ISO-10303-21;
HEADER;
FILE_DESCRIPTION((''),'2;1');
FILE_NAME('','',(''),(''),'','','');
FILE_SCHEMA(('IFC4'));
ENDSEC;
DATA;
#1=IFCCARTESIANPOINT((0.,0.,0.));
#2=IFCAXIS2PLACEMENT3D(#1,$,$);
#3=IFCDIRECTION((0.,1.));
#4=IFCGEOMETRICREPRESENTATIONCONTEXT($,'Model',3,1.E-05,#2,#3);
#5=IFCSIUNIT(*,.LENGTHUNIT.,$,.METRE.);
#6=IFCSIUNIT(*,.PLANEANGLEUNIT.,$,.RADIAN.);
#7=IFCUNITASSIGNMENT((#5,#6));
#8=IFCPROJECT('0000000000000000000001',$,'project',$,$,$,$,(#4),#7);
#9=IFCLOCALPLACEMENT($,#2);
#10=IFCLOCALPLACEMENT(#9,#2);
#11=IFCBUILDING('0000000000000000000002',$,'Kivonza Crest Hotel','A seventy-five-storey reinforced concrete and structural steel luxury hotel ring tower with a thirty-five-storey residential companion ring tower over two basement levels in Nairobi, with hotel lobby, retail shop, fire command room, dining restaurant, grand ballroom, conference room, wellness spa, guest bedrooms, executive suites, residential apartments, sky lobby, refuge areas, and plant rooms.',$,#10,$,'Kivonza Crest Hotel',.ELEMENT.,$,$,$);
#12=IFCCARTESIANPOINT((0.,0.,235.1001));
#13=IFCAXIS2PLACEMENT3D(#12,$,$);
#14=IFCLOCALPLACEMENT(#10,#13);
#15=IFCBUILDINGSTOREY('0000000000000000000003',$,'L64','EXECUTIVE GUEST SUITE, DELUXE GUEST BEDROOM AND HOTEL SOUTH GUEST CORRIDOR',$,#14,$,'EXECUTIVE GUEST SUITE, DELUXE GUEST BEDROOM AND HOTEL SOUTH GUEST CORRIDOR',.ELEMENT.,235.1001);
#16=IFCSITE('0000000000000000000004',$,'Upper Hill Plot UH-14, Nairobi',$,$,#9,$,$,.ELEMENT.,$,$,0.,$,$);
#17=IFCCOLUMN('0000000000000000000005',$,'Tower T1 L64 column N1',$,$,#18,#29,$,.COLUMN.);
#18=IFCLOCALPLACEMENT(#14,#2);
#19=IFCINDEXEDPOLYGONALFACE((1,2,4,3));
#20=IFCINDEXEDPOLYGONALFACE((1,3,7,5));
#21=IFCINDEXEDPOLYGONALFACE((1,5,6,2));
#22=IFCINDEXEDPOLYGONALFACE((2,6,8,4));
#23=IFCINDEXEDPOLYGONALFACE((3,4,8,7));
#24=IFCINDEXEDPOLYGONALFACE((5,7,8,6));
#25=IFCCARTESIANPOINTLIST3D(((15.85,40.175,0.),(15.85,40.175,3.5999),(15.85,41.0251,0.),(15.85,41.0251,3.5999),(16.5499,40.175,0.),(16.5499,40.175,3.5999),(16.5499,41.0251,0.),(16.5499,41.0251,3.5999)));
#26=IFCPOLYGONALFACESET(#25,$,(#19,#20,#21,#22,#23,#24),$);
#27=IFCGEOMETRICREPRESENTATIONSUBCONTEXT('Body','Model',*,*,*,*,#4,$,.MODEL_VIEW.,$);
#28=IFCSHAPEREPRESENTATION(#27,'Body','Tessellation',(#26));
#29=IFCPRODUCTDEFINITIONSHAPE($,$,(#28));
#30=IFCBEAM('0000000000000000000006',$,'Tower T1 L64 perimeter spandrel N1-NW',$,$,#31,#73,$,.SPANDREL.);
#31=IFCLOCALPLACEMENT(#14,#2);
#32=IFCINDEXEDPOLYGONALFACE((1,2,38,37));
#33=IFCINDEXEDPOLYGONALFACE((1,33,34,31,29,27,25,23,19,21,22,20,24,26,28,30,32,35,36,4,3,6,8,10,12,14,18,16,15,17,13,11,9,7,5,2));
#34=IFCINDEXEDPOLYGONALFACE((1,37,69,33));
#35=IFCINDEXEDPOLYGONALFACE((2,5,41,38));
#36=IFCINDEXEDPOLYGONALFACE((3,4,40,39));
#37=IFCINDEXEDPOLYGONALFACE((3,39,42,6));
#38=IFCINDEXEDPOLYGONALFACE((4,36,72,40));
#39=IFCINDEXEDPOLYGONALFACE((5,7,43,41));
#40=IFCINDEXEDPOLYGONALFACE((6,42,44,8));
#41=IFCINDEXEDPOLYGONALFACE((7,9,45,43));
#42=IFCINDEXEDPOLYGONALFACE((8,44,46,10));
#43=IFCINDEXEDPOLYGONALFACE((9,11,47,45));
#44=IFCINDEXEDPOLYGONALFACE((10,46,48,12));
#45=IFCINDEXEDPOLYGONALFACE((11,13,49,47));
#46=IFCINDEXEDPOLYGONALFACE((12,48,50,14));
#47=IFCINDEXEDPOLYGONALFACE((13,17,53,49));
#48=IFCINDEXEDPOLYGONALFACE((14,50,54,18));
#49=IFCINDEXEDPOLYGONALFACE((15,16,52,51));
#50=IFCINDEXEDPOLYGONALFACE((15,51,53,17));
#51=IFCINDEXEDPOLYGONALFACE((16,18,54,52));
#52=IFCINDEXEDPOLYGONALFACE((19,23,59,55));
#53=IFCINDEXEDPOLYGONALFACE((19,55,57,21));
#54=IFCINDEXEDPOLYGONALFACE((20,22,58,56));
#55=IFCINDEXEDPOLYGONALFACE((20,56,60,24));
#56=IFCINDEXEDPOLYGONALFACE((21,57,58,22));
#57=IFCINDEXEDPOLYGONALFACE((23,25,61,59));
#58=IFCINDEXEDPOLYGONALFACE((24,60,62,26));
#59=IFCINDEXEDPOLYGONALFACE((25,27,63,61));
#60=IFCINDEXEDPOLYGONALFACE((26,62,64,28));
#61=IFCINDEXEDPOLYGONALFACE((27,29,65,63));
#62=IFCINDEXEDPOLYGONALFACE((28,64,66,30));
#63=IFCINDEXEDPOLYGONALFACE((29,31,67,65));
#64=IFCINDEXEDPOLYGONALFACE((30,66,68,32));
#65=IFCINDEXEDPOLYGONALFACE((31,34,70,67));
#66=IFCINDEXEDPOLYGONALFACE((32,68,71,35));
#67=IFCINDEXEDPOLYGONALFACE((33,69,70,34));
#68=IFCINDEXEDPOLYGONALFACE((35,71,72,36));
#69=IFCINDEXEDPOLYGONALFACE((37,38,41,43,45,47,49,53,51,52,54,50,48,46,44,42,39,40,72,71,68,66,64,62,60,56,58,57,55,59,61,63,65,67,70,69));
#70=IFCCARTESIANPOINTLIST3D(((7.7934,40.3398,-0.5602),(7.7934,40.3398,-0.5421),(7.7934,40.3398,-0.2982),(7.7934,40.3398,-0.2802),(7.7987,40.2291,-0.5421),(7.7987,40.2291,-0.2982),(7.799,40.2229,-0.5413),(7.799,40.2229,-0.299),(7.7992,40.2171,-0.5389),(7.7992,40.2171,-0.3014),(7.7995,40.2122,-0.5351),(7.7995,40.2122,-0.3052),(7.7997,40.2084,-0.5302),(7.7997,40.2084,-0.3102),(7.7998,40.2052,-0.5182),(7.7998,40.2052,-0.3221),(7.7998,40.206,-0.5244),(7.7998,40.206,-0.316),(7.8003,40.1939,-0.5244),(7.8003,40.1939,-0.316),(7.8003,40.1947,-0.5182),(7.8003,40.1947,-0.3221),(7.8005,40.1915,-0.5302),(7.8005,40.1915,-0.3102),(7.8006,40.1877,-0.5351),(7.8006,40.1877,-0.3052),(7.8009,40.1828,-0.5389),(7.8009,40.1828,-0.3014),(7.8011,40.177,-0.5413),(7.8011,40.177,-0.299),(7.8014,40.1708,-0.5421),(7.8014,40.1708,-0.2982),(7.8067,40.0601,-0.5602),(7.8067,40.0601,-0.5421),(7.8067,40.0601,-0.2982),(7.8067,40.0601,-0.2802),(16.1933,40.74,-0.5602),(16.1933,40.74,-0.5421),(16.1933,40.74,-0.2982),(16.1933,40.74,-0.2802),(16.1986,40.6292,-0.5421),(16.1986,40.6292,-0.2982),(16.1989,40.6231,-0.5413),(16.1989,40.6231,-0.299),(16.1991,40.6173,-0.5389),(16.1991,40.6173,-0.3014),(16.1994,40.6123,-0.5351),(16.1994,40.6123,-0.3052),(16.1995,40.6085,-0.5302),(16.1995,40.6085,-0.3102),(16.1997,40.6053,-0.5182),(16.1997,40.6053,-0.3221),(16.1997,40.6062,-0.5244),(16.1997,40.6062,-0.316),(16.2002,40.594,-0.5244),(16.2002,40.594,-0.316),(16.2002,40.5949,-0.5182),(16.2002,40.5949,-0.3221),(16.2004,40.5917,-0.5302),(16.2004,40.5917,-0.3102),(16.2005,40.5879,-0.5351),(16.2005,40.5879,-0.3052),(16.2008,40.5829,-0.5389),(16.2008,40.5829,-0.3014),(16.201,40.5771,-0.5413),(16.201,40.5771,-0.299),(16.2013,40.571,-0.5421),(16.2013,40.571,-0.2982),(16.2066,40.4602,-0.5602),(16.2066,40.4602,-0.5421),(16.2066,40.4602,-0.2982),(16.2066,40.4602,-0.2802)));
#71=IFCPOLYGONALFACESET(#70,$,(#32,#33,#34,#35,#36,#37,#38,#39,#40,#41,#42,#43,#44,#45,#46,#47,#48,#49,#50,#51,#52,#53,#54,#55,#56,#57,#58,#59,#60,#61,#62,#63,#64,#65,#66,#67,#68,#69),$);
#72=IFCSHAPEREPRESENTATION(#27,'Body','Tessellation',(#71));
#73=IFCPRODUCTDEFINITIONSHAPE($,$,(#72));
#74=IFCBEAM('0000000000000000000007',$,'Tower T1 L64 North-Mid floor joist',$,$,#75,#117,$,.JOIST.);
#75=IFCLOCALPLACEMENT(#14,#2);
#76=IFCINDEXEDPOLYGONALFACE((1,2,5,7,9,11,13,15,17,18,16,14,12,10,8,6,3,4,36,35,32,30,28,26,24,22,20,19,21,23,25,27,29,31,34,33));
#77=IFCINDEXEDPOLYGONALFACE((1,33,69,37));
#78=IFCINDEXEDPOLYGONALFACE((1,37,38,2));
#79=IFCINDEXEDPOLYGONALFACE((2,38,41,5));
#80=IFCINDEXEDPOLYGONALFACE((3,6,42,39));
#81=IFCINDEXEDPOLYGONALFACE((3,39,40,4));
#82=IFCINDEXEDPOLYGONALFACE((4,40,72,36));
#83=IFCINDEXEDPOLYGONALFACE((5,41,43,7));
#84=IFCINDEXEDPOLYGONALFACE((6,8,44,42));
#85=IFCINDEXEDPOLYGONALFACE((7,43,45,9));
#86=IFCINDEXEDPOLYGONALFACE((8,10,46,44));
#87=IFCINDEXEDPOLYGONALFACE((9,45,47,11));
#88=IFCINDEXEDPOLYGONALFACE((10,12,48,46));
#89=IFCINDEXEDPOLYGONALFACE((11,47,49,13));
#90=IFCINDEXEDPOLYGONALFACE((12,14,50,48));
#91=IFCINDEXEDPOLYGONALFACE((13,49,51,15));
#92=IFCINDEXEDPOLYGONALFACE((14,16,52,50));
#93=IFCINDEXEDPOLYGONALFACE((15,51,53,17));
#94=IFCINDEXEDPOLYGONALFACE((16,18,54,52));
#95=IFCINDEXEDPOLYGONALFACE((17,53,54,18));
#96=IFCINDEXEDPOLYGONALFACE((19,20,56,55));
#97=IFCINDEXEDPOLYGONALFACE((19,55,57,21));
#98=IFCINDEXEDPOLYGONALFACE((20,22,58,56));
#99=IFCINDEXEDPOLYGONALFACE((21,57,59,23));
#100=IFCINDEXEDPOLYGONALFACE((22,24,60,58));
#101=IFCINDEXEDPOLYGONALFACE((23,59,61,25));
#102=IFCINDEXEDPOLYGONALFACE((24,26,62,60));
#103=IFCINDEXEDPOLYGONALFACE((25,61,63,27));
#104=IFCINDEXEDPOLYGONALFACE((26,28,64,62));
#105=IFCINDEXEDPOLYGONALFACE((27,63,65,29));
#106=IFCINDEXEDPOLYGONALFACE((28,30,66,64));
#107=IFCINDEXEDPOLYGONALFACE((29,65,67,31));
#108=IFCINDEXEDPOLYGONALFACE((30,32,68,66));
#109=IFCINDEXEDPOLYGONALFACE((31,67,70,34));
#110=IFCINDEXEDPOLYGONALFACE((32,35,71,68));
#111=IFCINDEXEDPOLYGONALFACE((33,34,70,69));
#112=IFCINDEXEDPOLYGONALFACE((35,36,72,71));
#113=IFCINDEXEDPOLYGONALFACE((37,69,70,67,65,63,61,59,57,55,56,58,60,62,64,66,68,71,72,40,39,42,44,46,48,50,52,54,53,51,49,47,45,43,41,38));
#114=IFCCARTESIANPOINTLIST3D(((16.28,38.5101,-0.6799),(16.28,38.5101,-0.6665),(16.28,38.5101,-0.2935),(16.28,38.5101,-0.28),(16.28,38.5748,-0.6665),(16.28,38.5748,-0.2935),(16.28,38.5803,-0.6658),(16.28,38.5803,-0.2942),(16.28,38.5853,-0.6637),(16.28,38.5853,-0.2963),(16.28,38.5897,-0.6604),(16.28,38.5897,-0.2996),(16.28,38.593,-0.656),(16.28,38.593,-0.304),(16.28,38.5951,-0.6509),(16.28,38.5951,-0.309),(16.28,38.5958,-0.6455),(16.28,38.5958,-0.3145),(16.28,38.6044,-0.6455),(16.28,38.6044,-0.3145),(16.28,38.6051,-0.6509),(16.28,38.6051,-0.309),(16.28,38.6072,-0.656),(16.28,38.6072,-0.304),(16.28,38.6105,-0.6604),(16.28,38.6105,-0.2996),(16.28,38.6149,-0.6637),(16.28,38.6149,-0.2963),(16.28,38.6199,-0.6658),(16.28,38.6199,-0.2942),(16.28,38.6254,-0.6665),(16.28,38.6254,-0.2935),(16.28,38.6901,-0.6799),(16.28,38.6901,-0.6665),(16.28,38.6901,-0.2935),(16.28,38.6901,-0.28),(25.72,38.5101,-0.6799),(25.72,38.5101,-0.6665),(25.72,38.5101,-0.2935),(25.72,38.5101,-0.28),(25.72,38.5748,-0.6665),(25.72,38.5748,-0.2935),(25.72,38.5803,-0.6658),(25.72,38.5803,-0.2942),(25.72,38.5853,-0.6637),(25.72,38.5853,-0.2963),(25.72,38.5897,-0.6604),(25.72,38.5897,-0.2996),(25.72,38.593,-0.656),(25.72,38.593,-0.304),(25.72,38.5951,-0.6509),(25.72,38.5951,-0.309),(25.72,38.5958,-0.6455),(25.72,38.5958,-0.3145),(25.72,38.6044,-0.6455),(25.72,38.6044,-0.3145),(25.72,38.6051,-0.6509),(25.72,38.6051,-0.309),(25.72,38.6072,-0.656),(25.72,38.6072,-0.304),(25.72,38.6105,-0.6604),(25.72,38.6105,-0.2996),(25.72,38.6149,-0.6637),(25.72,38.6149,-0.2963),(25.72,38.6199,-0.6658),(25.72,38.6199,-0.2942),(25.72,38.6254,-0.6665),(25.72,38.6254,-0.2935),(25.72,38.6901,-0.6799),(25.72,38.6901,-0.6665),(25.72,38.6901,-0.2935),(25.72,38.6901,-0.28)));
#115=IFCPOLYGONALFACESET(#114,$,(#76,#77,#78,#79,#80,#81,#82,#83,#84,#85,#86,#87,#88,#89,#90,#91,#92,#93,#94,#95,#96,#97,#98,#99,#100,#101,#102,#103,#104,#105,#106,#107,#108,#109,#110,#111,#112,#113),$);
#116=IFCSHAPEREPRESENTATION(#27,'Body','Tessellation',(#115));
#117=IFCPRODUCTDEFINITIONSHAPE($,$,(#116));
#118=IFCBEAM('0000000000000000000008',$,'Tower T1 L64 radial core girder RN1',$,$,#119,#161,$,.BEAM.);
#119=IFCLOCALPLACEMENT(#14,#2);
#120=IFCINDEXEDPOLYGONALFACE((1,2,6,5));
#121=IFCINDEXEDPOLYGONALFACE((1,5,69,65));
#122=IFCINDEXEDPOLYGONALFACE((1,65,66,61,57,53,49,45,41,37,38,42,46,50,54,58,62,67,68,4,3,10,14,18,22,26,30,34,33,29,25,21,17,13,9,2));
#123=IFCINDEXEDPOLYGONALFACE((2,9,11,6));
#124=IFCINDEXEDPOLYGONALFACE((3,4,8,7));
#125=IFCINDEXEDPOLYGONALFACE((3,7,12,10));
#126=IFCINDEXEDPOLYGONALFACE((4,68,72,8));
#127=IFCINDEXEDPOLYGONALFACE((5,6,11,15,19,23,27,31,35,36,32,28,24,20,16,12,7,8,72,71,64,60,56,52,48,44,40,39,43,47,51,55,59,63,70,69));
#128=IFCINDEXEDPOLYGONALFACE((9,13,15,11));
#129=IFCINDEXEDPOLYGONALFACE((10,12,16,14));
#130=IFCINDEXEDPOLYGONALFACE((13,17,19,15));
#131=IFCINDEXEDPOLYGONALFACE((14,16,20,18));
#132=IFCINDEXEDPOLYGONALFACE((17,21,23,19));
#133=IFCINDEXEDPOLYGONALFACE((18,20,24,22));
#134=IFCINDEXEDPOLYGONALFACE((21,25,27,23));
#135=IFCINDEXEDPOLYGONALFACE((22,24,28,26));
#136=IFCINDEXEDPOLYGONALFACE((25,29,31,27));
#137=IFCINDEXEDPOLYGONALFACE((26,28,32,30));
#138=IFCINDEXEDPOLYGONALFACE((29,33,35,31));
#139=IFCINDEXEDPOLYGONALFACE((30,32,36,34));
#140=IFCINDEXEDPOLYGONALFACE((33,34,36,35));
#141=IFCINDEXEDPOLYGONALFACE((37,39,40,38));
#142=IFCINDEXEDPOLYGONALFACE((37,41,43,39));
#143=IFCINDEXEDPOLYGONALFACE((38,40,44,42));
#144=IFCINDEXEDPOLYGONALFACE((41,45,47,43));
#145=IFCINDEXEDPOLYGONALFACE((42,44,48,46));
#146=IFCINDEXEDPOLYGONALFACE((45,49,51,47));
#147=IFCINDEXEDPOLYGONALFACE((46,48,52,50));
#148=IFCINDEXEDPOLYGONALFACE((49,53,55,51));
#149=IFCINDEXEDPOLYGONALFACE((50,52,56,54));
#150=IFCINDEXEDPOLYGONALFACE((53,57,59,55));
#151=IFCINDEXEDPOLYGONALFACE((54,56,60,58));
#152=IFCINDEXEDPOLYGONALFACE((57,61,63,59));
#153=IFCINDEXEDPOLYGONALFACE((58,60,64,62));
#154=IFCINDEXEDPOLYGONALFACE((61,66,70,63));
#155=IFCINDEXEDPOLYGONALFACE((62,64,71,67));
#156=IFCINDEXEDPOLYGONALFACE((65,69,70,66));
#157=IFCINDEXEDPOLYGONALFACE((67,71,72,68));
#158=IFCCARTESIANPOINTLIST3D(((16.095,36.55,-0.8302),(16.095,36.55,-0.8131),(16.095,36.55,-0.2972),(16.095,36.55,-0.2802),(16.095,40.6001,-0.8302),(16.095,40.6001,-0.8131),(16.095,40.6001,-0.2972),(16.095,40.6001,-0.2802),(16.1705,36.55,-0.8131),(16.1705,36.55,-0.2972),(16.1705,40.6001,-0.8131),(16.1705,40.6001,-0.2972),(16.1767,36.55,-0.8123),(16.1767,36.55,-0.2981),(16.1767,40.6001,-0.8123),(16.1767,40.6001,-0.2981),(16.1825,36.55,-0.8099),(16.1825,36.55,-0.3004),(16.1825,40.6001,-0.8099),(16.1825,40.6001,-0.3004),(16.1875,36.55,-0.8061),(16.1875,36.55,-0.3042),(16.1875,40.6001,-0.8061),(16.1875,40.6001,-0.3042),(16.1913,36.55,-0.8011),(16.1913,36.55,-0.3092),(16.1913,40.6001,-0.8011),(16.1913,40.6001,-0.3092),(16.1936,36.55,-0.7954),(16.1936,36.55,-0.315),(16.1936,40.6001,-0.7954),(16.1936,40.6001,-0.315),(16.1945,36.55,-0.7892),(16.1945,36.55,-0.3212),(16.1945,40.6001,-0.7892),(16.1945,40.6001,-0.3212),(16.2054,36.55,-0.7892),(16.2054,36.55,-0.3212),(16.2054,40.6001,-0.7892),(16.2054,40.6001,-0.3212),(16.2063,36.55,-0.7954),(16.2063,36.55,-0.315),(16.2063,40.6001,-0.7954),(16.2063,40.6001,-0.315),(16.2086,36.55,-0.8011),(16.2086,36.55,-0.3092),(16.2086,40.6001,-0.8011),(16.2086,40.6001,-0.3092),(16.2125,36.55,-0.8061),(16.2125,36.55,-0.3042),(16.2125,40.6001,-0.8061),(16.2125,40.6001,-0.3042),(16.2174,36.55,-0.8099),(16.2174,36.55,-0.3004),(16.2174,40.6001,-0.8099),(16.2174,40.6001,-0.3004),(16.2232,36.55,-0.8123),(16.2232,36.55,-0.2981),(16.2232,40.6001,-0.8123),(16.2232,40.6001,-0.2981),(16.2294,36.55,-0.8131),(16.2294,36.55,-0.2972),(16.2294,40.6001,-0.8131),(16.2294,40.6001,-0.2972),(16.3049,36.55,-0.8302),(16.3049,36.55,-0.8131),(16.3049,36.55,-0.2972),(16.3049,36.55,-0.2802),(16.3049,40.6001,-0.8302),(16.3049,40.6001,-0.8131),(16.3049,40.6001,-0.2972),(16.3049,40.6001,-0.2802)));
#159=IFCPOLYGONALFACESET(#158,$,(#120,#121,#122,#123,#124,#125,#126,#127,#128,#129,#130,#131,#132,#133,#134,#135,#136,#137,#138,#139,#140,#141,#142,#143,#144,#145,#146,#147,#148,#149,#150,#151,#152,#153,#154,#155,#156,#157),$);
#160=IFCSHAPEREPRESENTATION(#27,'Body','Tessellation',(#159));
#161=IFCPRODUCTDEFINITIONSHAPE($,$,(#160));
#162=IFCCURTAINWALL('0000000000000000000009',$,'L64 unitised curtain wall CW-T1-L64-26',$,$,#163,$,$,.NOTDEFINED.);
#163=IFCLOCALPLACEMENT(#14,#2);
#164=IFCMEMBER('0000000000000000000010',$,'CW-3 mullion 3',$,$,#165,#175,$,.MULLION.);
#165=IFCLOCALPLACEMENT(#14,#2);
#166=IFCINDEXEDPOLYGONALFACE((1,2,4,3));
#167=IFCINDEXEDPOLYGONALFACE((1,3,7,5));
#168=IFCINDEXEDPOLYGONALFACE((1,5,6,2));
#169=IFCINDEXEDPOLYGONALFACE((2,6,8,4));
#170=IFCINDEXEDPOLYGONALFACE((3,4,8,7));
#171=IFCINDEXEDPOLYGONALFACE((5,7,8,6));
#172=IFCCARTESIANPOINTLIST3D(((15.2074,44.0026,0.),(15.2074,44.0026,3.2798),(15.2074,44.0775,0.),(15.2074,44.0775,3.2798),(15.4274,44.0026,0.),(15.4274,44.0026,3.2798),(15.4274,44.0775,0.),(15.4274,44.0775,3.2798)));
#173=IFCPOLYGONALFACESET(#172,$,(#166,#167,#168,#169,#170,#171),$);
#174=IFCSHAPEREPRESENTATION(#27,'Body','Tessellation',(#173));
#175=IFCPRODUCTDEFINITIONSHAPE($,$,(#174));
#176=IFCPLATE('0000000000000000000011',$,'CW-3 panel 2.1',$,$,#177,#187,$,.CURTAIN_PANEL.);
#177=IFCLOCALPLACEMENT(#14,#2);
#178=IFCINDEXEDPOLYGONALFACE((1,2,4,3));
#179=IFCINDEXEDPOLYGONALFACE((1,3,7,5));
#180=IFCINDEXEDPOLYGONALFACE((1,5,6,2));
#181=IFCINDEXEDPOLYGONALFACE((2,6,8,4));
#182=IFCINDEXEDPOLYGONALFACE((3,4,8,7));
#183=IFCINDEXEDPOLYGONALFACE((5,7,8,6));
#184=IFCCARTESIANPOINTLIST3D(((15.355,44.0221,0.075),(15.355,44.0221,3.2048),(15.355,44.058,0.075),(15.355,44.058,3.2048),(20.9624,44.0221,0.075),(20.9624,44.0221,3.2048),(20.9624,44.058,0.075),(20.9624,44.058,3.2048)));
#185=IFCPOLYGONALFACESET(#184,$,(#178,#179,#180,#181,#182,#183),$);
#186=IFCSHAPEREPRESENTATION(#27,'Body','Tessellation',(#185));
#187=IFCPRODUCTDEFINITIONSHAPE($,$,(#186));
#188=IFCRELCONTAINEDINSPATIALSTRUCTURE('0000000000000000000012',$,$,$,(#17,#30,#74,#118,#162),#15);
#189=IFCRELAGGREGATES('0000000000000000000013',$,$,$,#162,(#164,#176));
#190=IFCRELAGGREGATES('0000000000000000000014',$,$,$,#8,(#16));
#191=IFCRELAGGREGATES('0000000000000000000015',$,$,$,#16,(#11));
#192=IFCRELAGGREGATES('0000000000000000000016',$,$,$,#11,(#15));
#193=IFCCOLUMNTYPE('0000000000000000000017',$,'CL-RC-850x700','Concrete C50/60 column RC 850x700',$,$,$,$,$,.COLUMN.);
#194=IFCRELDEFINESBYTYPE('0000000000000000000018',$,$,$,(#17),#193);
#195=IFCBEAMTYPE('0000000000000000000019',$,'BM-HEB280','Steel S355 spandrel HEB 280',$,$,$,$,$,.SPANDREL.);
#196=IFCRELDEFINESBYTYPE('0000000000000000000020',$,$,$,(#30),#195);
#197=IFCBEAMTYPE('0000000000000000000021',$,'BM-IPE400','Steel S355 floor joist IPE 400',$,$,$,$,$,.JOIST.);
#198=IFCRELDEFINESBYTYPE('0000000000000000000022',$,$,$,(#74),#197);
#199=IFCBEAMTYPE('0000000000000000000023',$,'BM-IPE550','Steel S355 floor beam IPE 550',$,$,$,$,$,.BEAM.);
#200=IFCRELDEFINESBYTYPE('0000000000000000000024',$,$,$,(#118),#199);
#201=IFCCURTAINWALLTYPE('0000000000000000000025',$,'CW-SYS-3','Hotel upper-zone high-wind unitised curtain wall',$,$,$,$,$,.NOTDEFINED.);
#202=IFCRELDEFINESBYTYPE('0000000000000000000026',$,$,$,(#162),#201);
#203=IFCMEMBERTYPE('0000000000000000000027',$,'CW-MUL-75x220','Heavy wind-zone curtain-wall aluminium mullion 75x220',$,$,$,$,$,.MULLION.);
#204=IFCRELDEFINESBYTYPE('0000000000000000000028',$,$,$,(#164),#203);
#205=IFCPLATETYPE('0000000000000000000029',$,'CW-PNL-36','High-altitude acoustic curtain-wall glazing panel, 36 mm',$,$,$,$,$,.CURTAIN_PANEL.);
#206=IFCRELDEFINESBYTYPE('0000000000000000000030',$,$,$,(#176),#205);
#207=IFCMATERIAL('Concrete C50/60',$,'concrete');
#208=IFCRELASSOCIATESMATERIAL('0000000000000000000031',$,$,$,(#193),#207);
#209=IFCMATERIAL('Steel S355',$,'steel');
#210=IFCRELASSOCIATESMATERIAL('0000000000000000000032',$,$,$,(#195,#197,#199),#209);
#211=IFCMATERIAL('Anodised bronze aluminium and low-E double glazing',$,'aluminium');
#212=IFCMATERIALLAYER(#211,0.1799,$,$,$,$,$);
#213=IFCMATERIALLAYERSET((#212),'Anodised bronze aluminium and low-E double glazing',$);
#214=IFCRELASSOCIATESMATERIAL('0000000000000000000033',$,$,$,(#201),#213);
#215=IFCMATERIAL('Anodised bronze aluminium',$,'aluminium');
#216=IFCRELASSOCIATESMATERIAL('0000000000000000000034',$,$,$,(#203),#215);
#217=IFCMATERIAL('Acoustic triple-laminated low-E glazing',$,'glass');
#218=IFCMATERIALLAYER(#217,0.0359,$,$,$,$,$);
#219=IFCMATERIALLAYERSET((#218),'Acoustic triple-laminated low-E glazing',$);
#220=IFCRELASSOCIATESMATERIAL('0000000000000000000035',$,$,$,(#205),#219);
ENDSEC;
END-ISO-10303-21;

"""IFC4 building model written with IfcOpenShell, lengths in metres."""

from ifc_helpers import new_model, si_unit, direction, frame, origin, origin_2d, place, context, subcontext, project, spatial, rectangle, i_section, extrude, material, layer, layer_set, material_profile, profile_set, type_object, element, aggregate, save


model = new_model("IFC4")

# Units and contexts
model_context = context("Model", 3, precision=1e-05, world=origin(), true_north=direction((0.0, 1.0)))
body_context = subcontext(model_context, "Body", "Model", "MODEL_VIEW")
ifc_project = project(units=[si_unit("LENGTHUNIT", "METRE"), si_unit("PLANEANGLEUNIT", "RADIAN")], contexts=[model_context])

# Site, building, storey
site_placement = place(None, origin())
site = spatial("IfcSite", under=ifc_project, at=site_placement, Name="Upper Hill Plot UH-14, Nairobi", CompositionType="ELEMENT", RefElevation=0.0)
building_placement = place(site_placement, origin())
building = spatial("IfcBuilding", under=site, at=building_placement, Name="Kivonza Crest Hotel", Description="A seventy-five-storey reinforced concrete and structural steel luxury hotel ring tower with a thirty-five-storey residential companion ring tower over two basement levels in Nairobi, with hotel lobby, retail shop, fire command room, dining restaurant, grand ballroom, conference room, wellness spa, guest bedrooms, executive suites, residential apartments, sky lobby, refuge areas, and plant rooms.", LongName="Kivonza Crest Hotel", CompositionType="ELEMENT")
storey_placement = place(building_placement, frame((0.0, 0.0, 235.1001)))
storey = spatial("IfcBuildingStorey", under=building, at=storey_placement, Name="L64", Description="EXECUTIVE GUEST SUITE, DELUXE GUEST BEDROOM AND HOTEL SOUTH GUEST CORRIDOR", LongName="EXECUTIVE GUEST SUITE, DELUXE GUEST BEDROOM AND HOTEL SOUTH GUEST CORRIDOR", CompositionType="ELEMENT", Elevation=235.1001)

# Column
ifc_material_1 = material(Name="Concrete C50/60", Category="concrete")
ifc_material_profile_1 = material_profile(ifc_material_1, rectangle(XDim=0.7, YDim=0.8501, at=origin_2d()), Name="RC 850x700")
ifc_profile_set_1 = profile_set([ifc_material_profile_1], Name="Concrete C50/60")
column_type = type_object("IfcColumnType", Name="CL-RC-850x700", Description="Concrete C50/60 column RC 850x700", PredefinedType="COLUMN", material=ifc_profile_set_1)
column_placement = place(storey_placement, frame((16.2, 40.6001, 0.0), z_axis=(0.0, 0.0, 1.0), x_axis=(1.0, 0.0, 0.0)))
element("IfcColumn", 1, at=column_placement, inside=storey, type_object=column_type, Name="Tower T1 L64 column N1", PredefinedType="COLUMN", context=body_context, shape_type="SweptSolid", body=[
    extrude(rectangle(XDim=0.7, YDim=0.8501, at=origin_2d()), origin(), (0.0, 0.0, 1.0), 3.5999),
])

# Beams
ifc_material_2 = material(Name="Steel S355", Category="steel")
ifc_material_profile_2 = material_profile(ifc_material_2, i_section(OverallWidth=0.28, OverallDepth=0.28, WebThickness=0.0105, FlangeThickness=0.0181, FilletRadius=0.0239, at=origin_2d()), Name="HEB 280")
ifc_profile_set_2 = profile_set([ifc_material_profile_2], Name="Steel S355")
beam_type_1 = type_object("IfcBeamType", Name="BM-HEB280", Description="Steel S355 spandrel HEB 280", PredefinedType="SPANDREL", material=ifc_profile_set_2)
beam_1_placement = place(storey_placement, frame((16.2, 40.6001, -0.4202), z_axis=(-0.998867, -0.047583, 0.0), x_axis=(0.047583, -0.998867, 0.0)))
element("IfcBeam", 2, at=beam_1_placement, inside=storey, type_object=beam_type_1, Name="Tower T1 L64 perimeter spandrel N1-NW", PredefinedType="SPANDREL", context=body_context, shape_type="SweptSolid", body=[
    extrude(i_section(OverallWidth=0.28, OverallDepth=0.28, WebThickness=0.0105, FlangeThickness=0.0181, FilletRadius=0.0239, at=origin_2d()), origin(), (0.0, 0.0, 1.0), 8.4094),
])
ifc_material_profile_3 = material_profile(ifc_material_2, i_section(OverallWidth=0.1799, OverallDepth=0.3999, WebThickness=0.0085, FlangeThickness=0.0134, FilletRadius=0.021, at=origin_2d()), Name="IPE 400")
ifc_profile_set_3 = profile_set([ifc_material_profile_3], Name="Steel S355")
beam_type_2 = type_object("IfcBeamType", Name="BM-IPE400", Description="Steel S355 floor joist IPE 400", PredefinedType="JOIST", material=ifc_profile_set_3)
beam_2_placement = place(storey_placement, frame((16.28, 38.6001, -0.48), z_axis=(1.0, 0.0, 0.0), x_axis=(0.0, 1.0, 0.0)))
element("IfcBeam", 3, at=beam_2_placement, inside=storey, type_object=beam_type_2, Name="Tower T1 L64 North-Mid floor joist", PredefinedType="JOIST", context=body_context, shape_type="SweptSolid", body=[
    extrude(i_section(OverallWidth=0.1799, OverallDepth=0.3999, WebThickness=0.0085, FlangeThickness=0.0134, FilletRadius=0.021, at=origin_2d()), origin(), (0.0, 0.0, 1.0), 9.4399),
])
ifc_material_profile_4 = material_profile(ifc_material_2, i_section(OverallWidth=0.21, OverallDepth=0.55, WebThickness=0.011, FlangeThickness=0.0171, FilletRadius=0.0239, at=origin_2d()), Name="IPE 550")
ifc_profile_set_4 = profile_set([ifc_material_profile_4], Name="Steel S355")
beam_type_3 = type_object("IfcBeamType", Name="BM-IPE550", Description="Steel S355 floor beam IPE 550", PredefinedType="BEAM", material=ifc_profile_set_4)
beam_3_placement = place(storey_placement, frame((16.2, 40.6001, -0.5552), z_axis=(0.0, -1.0, 0.0), x_axis=(1.0, 0.0, 0.0)))
element("IfcBeam", 4, at=beam_3_placement, inside=storey, type_object=beam_type_3, Name="Tower T1 L64 radial core girder RN1", PredefinedType="BEAM", context=body_context, shape_type="SweptSolid", body=[
    extrude(i_section(OverallWidth=0.21, OverallDepth=0.55, WebThickness=0.011, FlangeThickness=0.0171, FilletRadius=0.0239, at=origin_2d()), origin(), (0.0, 0.0, 1.0), 4.05),
])

# Curtain wall, member, plate
ifc_material_3 = material(Name="Anodised bronze aluminium and low-E double glazing", Category="aluminium")
ifc_layer_1 = layer(ifc_material_3, 0.1799)
ifc_layer_set_1 = layer_set([ifc_layer_1], Name="Anodised bronze aluminium and low-E double glazing")
curtain_wall_type = type_object("IfcCurtainWallType", Name="CW-SYS-3", Description="Hotel upper-zone high-wind unitised curtain wall", PredefinedType="NOTDEFINED", material=ifc_layer_set_1)
curtain_wall_placement = place(storey_placement, origin())
curtain_wall = element("IfcCurtainWall", 5, at=curtain_wall_placement, inside=storey, type_object=curtain_wall_type, Name="L64 unitised curtain wall CW-T1-L64-26", PredefinedType="NOTDEFINED")
ifc_material_4 = material(Name="Anodised bronze aluminium", Category="aluminium")
ifc_material_profile_5 = material_profile(ifc_material_4, rectangle(XDim=0.075, YDim=0.22, at=origin_2d()), Name="CW-M 75x220")
ifc_profile_set_5 = profile_set([ifc_material_profile_5], Name="Anodised bronze aluminium")
member_type = type_object("IfcMemberType", Name="CW-MUL-75x220", Description="Heavy wind-zone curtain-wall aluminium mullion 75x220", PredefinedType="MULLION", material=ifc_profile_set_5)
member_placement = place(storey_placement, frame((15.3174, 44.04, 0.0), z_axis=(0.0, 0.0, 1.0), x_axis=(0.0, -1.0, 0.0)))
member = element("IfcMember", 6, at=member_placement, type_object=member_type, Name="CW-3 mullion 3", PredefinedType="MULLION", context=body_context, shape_type="SweptSolid", body=[
    extrude(rectangle(XDim=0.075, YDim=0.22, at=origin_2d()), origin(), (0.0, 0.0, 1.0), 3.2798),
])
ifc_material_5 = material(Name="Acoustic triple-laminated low-E glazing", Category="glass")
ifc_layer_2 = layer(ifc_material_5, 0.0359)
ifc_layer_set_2 = layer_set([ifc_layer_2], Name="Acoustic triple-laminated low-E glazing")
plate_type = type_object("IfcPlateType", Name="CW-PNL-36", Description="High-altitude acoustic curtain-wall glazing panel, 36 mm", PredefinedType="CURTAIN_PANEL", material=ifc_layer_set_2)
plate_placement = place(storey_placement, frame((18.1587, 44.04, 0.075), z_axis=(0.0, 0.0, 1.0), x_axis=(-1.0, 0.0, 0.0)))
plate = element("IfcPlate", 7, at=plate_placement, type_object=plate_type, Name="CW-3 panel 2.1", PredefinedType="CURTAIN_PANEL", context=body_context, shape_type="SweptSolid", body=[
    extrude(rectangle(XDim=5.6074, YDim=0.0359, at=origin_2d()), origin(), (0.0, 0.0, 1.0), 3.1299),
])
aggregate(curtain_wall, [member, plate])

save(model, "model.ifc")
